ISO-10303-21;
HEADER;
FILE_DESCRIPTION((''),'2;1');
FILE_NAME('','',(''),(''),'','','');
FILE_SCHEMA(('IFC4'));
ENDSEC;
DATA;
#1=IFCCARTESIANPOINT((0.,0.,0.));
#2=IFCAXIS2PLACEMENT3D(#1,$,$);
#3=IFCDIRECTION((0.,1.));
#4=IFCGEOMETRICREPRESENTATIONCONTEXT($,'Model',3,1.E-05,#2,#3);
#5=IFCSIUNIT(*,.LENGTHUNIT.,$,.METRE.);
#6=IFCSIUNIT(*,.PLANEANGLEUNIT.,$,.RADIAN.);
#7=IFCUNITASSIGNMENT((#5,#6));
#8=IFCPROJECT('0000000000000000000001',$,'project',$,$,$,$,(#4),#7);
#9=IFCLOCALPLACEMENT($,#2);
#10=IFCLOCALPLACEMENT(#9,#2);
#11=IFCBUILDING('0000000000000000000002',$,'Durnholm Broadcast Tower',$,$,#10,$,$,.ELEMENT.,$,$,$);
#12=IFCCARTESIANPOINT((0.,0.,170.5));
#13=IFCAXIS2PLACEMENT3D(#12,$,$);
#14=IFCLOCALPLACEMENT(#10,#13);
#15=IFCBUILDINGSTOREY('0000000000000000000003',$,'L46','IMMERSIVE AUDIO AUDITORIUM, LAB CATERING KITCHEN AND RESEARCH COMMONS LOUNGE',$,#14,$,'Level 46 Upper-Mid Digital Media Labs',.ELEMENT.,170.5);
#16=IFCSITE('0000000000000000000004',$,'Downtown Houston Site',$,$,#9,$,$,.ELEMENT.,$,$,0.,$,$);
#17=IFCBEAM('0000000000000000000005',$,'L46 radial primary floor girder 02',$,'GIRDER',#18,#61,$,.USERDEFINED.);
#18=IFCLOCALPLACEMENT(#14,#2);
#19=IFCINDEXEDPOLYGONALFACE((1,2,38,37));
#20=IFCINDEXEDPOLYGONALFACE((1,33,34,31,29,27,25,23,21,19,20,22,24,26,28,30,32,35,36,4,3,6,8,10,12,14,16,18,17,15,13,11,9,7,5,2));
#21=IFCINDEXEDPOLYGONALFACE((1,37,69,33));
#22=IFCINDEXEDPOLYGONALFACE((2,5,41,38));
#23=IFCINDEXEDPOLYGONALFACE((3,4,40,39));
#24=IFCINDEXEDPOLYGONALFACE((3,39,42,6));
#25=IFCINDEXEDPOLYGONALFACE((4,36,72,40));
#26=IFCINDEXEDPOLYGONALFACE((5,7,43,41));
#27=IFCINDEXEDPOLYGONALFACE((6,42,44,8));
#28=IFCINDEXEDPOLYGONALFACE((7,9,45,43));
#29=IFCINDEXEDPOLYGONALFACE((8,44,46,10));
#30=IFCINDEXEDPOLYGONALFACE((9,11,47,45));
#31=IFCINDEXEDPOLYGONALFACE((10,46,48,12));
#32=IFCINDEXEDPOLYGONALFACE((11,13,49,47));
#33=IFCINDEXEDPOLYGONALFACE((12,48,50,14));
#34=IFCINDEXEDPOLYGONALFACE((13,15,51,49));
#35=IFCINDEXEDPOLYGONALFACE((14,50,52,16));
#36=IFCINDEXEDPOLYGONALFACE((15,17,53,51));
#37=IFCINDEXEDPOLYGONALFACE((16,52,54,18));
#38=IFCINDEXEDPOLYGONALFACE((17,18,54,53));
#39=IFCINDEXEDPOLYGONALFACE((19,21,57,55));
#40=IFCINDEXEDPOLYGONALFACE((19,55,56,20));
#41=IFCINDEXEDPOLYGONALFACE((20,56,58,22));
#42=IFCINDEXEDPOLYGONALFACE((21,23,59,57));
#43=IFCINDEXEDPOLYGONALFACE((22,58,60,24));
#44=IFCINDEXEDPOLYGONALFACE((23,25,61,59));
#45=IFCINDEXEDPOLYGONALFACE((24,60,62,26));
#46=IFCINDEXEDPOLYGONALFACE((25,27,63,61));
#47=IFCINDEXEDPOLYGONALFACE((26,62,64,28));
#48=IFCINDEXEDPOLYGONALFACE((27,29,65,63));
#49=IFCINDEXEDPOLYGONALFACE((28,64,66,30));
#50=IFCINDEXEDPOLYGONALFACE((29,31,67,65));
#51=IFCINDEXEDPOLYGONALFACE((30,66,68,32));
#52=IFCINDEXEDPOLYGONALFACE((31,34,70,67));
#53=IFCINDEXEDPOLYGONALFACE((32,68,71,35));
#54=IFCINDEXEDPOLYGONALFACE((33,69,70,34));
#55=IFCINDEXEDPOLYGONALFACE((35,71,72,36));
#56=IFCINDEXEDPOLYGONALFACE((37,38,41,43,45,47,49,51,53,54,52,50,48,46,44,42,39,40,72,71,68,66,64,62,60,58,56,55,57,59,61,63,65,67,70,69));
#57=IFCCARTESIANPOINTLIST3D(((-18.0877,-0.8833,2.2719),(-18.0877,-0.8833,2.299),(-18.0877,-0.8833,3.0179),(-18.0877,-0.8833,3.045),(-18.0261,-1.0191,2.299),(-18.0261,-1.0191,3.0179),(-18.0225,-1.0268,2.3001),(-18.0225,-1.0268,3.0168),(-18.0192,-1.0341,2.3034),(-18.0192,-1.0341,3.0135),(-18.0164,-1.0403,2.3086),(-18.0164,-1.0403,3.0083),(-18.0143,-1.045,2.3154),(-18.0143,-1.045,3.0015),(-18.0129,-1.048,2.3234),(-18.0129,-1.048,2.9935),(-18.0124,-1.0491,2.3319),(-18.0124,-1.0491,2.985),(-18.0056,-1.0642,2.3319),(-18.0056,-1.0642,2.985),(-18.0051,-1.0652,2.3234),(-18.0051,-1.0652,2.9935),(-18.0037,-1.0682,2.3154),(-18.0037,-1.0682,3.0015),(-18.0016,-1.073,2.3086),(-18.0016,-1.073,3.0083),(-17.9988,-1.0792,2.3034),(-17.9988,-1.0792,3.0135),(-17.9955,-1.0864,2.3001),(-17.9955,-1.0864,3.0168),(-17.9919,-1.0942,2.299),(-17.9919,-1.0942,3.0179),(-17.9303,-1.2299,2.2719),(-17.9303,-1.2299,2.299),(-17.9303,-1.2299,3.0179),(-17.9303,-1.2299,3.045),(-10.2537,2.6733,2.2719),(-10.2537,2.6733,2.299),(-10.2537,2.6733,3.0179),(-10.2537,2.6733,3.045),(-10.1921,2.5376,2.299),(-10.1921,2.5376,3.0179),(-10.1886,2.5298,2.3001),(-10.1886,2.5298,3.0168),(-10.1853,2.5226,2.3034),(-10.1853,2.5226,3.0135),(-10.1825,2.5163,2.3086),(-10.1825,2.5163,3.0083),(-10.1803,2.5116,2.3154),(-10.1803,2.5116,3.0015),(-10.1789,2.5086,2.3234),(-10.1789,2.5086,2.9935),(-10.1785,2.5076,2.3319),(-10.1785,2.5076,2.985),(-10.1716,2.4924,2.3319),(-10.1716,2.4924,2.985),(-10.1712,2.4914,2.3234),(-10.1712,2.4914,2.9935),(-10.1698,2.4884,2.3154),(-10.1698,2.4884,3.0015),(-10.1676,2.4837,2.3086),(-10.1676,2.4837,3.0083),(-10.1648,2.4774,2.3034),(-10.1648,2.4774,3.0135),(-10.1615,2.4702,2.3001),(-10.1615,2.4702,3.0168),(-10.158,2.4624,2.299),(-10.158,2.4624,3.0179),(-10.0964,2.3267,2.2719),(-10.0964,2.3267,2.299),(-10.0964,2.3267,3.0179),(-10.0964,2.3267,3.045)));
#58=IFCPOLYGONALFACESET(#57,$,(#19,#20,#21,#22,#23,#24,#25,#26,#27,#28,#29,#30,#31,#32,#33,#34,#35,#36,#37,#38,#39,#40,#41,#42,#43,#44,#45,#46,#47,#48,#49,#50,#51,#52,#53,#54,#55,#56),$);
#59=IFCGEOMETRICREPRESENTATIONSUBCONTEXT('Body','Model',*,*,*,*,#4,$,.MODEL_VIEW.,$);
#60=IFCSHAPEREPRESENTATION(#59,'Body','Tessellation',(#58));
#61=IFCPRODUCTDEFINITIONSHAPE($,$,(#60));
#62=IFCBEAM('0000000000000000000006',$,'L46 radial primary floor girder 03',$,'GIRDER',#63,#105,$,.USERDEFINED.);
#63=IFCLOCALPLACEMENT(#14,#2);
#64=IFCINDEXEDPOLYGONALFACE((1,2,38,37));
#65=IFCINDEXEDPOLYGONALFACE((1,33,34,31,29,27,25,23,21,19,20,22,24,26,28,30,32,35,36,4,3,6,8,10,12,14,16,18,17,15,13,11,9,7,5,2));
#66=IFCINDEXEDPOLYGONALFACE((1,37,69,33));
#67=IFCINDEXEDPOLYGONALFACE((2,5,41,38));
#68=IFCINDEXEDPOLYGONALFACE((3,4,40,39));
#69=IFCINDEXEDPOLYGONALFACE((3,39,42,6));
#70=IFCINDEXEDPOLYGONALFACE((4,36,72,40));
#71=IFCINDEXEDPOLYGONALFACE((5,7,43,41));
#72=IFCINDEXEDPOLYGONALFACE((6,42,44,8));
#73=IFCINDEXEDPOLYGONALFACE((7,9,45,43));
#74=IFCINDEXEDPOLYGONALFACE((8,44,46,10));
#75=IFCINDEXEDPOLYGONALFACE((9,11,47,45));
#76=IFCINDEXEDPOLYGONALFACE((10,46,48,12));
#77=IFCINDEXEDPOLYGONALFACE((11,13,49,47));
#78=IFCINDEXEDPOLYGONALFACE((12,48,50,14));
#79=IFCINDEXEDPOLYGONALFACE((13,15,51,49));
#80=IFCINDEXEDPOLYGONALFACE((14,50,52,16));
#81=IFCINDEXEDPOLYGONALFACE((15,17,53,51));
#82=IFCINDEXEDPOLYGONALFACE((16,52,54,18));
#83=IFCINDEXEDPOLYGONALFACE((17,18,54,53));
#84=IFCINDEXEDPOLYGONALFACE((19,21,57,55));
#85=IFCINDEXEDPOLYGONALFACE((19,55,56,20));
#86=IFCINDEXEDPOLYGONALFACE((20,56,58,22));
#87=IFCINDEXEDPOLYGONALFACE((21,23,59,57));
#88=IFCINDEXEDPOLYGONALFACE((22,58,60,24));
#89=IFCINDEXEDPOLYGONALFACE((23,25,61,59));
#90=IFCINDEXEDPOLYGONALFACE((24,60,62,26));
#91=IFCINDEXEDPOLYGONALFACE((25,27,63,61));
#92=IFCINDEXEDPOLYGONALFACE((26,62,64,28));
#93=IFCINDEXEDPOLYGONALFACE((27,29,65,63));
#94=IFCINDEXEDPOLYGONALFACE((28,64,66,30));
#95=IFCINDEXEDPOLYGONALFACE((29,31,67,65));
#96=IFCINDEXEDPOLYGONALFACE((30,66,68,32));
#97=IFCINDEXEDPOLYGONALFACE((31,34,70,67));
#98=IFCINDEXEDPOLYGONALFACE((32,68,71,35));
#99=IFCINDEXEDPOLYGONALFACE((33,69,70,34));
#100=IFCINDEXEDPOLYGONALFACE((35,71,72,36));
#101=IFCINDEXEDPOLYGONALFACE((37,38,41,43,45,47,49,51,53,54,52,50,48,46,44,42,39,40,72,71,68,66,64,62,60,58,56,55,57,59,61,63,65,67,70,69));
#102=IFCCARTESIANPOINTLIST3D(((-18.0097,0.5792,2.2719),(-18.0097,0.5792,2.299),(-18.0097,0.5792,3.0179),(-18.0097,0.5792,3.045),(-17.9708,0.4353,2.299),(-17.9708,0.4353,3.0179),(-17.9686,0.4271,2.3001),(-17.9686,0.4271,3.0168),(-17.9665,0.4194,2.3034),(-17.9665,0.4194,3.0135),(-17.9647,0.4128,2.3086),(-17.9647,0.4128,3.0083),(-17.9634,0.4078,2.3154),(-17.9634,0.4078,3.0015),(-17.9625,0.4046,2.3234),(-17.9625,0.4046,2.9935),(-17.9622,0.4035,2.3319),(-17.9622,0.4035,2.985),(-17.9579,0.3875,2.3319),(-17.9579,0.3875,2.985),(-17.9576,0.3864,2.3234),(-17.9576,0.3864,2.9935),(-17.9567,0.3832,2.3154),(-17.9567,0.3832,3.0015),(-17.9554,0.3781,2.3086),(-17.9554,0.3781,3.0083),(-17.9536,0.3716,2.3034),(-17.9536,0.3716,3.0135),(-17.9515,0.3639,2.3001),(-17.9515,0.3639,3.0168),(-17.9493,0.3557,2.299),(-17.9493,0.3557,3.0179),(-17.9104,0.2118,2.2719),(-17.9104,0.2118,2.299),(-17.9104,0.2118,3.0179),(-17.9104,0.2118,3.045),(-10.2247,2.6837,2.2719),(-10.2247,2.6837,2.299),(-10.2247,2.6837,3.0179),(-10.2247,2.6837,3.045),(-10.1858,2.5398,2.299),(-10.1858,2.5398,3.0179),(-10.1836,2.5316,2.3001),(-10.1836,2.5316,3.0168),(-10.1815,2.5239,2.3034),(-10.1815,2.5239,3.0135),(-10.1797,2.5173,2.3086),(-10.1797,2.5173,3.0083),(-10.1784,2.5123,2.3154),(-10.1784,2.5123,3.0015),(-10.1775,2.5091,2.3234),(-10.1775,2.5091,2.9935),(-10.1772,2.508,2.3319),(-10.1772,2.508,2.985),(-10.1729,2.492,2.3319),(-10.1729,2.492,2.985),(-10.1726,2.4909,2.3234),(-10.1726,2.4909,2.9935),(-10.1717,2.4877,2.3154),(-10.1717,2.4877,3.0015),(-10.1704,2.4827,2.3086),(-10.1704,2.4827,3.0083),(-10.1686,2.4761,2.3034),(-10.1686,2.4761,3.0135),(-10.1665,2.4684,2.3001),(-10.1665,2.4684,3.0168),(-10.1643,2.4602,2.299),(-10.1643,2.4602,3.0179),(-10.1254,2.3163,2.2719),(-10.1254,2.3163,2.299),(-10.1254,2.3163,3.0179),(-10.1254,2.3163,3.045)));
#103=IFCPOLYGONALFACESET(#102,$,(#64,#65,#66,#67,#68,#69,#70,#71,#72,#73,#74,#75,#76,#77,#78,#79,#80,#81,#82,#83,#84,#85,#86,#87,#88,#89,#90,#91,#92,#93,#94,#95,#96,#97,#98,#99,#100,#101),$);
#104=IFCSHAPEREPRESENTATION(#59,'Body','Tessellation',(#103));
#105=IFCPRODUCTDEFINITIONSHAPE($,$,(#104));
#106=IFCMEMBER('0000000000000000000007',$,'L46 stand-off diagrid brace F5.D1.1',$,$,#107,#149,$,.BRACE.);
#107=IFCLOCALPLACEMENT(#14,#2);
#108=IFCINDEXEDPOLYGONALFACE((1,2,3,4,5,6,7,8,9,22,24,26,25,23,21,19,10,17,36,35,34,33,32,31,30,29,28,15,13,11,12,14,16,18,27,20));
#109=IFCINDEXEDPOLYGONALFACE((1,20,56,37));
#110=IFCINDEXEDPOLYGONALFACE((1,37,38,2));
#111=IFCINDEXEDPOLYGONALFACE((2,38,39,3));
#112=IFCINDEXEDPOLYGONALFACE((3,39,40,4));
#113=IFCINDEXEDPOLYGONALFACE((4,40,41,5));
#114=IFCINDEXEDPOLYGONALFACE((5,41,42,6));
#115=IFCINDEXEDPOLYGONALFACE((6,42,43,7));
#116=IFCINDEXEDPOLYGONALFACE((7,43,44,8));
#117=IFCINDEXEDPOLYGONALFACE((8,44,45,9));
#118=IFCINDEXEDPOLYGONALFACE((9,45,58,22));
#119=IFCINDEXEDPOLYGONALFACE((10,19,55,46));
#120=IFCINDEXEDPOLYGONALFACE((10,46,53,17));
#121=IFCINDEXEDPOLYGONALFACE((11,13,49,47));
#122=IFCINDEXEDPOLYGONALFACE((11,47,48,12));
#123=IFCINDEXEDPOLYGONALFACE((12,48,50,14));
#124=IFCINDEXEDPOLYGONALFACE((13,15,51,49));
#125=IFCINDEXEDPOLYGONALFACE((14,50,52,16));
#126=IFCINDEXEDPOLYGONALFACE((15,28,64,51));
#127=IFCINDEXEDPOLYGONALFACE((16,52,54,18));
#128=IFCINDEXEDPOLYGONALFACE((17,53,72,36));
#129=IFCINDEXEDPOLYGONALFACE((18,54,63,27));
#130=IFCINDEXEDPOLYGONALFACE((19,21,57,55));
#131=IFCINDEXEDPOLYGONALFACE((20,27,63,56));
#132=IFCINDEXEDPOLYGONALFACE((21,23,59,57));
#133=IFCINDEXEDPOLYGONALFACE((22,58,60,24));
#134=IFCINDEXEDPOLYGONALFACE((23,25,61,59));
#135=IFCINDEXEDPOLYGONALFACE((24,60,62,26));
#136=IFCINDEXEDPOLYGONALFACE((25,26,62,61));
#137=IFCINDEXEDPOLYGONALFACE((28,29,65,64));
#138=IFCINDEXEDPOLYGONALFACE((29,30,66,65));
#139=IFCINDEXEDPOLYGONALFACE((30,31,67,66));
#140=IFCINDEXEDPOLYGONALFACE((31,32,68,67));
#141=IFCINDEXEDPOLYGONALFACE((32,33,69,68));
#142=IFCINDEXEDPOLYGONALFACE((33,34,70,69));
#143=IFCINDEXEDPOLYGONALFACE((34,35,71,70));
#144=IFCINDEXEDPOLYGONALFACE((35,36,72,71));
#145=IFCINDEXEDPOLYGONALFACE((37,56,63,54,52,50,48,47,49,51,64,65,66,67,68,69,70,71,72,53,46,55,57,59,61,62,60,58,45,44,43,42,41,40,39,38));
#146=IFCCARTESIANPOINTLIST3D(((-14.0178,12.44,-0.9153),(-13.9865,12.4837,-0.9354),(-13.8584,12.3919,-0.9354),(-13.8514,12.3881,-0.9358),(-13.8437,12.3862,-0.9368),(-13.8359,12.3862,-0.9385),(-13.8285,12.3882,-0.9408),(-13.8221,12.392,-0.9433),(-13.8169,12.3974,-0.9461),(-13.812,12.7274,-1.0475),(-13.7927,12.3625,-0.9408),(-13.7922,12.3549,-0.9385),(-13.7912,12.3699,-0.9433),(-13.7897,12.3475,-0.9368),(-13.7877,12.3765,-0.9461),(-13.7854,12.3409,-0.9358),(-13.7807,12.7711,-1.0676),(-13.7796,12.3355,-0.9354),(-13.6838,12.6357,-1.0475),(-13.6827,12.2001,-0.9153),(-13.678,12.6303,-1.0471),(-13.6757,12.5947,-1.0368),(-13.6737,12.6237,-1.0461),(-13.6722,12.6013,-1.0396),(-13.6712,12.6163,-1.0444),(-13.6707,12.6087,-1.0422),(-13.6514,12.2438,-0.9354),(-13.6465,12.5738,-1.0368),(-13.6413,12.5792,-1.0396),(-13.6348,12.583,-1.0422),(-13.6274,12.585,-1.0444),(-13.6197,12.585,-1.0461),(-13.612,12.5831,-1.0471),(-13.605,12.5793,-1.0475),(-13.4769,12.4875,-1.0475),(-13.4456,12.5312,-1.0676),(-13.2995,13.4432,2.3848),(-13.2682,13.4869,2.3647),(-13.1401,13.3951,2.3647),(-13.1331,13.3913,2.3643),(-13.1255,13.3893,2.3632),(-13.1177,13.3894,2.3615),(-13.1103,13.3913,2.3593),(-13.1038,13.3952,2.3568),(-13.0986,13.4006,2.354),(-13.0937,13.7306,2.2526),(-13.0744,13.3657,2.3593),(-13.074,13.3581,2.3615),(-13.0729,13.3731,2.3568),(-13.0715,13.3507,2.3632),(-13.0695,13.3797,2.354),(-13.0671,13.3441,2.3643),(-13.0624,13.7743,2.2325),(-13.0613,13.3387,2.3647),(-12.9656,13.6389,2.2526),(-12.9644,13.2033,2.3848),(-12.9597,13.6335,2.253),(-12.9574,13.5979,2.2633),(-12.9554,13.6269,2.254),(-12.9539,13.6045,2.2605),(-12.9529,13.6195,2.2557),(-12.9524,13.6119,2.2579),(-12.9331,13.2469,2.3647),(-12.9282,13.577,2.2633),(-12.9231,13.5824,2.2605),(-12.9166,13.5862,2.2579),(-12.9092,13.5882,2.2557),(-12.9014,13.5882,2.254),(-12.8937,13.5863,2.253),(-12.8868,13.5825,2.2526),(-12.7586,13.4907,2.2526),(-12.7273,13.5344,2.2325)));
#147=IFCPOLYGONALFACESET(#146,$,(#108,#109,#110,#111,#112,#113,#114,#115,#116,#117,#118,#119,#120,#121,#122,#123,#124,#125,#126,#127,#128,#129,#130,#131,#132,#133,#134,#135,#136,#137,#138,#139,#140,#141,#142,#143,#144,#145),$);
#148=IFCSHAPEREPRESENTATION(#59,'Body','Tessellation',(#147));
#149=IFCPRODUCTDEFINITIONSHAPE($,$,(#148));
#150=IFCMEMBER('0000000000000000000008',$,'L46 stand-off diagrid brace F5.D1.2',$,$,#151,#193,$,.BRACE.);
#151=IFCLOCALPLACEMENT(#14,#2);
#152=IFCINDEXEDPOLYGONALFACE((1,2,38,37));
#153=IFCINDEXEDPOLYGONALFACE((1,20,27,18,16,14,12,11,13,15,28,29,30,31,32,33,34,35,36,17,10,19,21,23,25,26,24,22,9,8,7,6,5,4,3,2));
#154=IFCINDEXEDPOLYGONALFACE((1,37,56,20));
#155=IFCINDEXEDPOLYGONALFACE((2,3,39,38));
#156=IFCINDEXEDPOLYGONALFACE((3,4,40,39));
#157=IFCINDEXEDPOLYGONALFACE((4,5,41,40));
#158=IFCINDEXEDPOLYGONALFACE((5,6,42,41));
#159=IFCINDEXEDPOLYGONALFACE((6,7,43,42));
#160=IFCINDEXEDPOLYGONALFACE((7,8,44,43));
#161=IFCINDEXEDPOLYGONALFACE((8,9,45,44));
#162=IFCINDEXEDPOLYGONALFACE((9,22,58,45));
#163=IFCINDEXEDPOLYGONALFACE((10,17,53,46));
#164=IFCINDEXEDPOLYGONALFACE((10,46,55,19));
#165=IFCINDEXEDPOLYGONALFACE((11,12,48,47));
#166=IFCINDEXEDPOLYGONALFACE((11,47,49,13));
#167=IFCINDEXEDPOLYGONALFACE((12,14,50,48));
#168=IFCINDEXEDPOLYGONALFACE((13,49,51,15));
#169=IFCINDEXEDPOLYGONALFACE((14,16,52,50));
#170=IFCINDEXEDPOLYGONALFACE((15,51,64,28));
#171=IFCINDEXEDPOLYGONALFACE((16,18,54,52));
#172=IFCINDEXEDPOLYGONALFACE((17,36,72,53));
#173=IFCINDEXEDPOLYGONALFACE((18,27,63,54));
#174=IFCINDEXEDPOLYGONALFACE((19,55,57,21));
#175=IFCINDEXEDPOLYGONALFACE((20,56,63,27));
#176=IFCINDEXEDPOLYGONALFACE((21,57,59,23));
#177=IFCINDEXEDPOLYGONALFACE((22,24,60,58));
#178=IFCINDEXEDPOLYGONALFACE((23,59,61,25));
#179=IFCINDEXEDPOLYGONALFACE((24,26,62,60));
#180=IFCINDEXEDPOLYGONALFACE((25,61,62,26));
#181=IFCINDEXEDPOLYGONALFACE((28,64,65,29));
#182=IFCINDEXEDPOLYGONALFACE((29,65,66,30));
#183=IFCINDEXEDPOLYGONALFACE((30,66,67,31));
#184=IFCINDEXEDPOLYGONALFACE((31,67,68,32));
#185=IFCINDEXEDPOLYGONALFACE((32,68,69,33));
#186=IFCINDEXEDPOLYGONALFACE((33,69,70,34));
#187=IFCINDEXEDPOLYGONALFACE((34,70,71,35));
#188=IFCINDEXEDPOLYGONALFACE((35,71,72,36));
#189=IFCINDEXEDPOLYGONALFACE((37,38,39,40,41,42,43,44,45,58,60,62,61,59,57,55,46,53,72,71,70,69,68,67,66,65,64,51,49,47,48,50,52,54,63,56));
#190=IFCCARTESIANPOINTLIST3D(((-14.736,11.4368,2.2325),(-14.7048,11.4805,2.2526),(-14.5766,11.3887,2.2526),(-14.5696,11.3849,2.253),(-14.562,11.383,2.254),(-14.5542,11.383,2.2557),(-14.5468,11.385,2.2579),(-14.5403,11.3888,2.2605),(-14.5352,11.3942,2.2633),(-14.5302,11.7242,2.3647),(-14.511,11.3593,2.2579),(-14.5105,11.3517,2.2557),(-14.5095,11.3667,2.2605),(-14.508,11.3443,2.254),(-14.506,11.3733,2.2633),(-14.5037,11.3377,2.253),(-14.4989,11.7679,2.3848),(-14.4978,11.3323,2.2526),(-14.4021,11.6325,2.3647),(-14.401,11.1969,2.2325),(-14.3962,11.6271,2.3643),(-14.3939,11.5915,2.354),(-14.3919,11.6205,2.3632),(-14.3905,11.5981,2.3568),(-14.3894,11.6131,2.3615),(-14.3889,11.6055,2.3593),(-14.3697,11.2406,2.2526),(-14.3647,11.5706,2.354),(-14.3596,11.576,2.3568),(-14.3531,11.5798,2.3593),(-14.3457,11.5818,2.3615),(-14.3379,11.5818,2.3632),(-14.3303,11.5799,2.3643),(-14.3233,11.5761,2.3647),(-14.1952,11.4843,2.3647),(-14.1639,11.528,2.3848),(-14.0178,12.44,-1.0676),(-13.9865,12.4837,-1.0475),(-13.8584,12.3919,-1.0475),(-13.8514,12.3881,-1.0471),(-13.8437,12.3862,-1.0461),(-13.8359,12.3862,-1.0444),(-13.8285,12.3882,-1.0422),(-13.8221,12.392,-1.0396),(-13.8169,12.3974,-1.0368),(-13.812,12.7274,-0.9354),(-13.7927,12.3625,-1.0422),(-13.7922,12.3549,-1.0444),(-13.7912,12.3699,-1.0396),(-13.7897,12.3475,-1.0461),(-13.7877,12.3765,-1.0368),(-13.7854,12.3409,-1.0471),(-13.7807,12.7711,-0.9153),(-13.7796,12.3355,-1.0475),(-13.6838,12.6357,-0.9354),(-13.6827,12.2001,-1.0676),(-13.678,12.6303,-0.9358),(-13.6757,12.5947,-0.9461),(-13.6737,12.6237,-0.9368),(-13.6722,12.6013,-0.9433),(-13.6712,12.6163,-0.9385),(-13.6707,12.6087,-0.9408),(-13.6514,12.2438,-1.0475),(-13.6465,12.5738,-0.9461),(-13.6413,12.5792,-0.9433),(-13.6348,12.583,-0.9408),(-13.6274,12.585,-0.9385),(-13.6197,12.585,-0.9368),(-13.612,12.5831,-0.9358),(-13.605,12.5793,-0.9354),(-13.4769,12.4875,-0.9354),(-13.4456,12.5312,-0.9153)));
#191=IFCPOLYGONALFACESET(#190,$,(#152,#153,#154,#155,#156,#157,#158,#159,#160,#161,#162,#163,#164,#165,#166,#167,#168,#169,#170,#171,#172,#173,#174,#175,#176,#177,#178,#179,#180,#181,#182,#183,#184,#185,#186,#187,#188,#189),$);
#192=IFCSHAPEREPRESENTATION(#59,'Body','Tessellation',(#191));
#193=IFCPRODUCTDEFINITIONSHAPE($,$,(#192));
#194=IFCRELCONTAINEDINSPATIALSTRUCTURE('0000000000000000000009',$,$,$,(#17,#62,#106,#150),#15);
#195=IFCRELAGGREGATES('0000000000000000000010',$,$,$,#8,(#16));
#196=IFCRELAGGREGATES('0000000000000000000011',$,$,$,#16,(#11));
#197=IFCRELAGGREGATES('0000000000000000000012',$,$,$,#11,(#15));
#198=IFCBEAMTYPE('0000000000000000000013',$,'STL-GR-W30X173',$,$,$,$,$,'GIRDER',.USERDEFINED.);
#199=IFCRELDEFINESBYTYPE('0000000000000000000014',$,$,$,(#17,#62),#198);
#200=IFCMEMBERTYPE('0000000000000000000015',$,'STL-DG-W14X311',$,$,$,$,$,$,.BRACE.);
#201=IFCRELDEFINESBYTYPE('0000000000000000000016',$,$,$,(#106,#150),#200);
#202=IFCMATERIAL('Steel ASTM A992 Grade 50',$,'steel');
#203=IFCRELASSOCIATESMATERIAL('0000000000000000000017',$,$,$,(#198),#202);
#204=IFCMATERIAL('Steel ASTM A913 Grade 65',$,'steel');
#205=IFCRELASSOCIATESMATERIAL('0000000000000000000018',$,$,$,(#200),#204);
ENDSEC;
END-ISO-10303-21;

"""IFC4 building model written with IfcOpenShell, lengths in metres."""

from ifc_helpers import new_model, si_unit, direction, frame, origin, origin_2d, place, context, subcontext, project, spatial, i_section, extrude, source, transform, mapped, material, material_profile, profile_set, type_object, type_shapes, element, save


model = new_model("IFC4")

# Units and contexts
model_context = context("Model", 3, precision=1e-05, world=origin(), true_north=direction((0.0, 1.0)))
body_context = subcontext(model_context, "Body", "Model", "MODEL_VIEW")
ifc_project = project(units=[si_unit("LENGTHUNIT", "METRE"), si_unit("PLANEANGLEUNIT", "RADIAN")], contexts=[model_context])

# Site, building, storey
site_placement = place(None, origin())
site = spatial("IfcSite", under=ifc_project, at=site_placement, Name="Downtown Houston Site", CompositionType="ELEMENT", RefElevation=0.0)
building_placement = place(site_placement, origin())
building = spatial("IfcBuilding", under=site, at=building_placement, Name="Durnholm Broadcast Tower", CompositionType="ELEMENT")
storey_placement = place(building_placement, frame((0.0, 0.0, 170.5)))
storey = spatial("IfcBuildingStorey", under=building, at=storey_placement, Name="L46", Description="IMMERSIVE AUDIO AUDITORIUM, LAB CATERING KITCHEN AND RESEARCH COMMONS LOUNGE", LongName="Level 46 Upper-Mid Digital Media Labs", CompositionType="ELEMENT", Elevation=170.5)

# Beams
ifc_material_1 = material(Name="Steel ASTM A992 Grade 50", Category="steel")
ifc_material_profile_1 = material_profile(ifc_material_1, i_section(OverallWidth=0.3806, OverallDepth=0.7732, WebThickness=0.0166, FlangeThickness=0.0271, FilletRadius=0.033, at=origin_2d()), Name="W30X173")
ifc_profile_set_1 = profile_set([ifc_material_profile_1], Name="Steel ASTM A992 Grade 50")
beam_type_1 = type_object("IfcBeamType", Name="STL-GR-W30X173", ElementType="GIRDER", PredefinedType="USERDEFINED", material=ifc_profile_set_1)
shared_shape_1 = source(origin(), body_context, "Body", "SweptSolid", [
    extrude(i_section(OverallWidth=0.3806, OverallDepth=0.7732, WebThickness=0.0166, FlangeThickness=0.0271, FilletRadius=0.033, at=origin_2d()), origin(), (0.0, 0.0, 1.0), 8.6035),
])
beam_1_placement = place(storey_placement, frame((-10.175, 2.5, 2.6584), z_axis=(-0.910553, -0.413392, 0.0), x_axis=(0.413392, -0.910553, 0.0)))
element("IfcBeam", 1, at=beam_1_placement, inside=storey, type_object=beam_type_1, Name="L46 radial primary floor girder 02", ObjectType="GIRDER", PredefinedType="USERDEFINED", context=body_context, shape_type="MappedRepresentation", body=[
    mapped(shared_shape_1, transform((0.0, 0.0, 0.0), x_axis=(1.0, 0.0, 0.0), y_axis=(0.0, 1.0, 0.0), z_axis=(0.0, 0.0, 1.0), scale=1.0)),
])
shared_shape_2 = source(origin(), body_context, "Body", "SweptSolid", [
    extrude(i_section(OverallWidth=0.3806, OverallDepth=0.7732, WebThickness=0.0166, FlangeThickness=0.0271, FilletRadius=0.033, at=origin_2d()), origin(), (0.0, 0.0, 1.0), 8.0645),
])
type_shapes(beam_type_1, [shared_shape_1, shared_shape_2])
beam_2_placement = place(storey_placement, frame((-10.175, 2.5, 2.6584), z_axis=(-0.965349, -0.260962, 0.0), x_axis=(0.260962, -0.965349, 0.0)))
element("IfcBeam", 2, at=beam_2_placement, inside=storey, type_object=beam_type_1, Name="L46 radial primary floor girder 03", ObjectType="GIRDER", PredefinedType="USERDEFINED", context=body_context, shape_type="MappedRepresentation", body=[
    mapped(shared_shape_2, transform((0.0, 0.0, 0.0), x_axis=(1.0, 0.0, 0.0), y_axis=(0.0, 1.0, 0.0), z_axis=(0.0, 0.0, 1.0), scale=1.0)),
])

# Members
ifc_material_2 = material(Name="Steel ASTM A913 Grade 65", Category="steel")
ifc_material_profile_2 = material_profile(ifc_material_2, i_section(OverallWidth=0.4121, OverallDepth=0.4348, WebThickness=0.0359, FlangeThickness=0.0574, FilletRadius=0.0305, at=origin_2d()), Name="W14X311")
ifc_profile_set_2 = profile_set([ifc_material_profile_2], Name="Steel ASTM A913 Grade 65")
member_type_1 = type_object("IfcMemberType", Name="STL-DG-W14X311", PredefinedType="BRACE", material=ifc_profile_set_2)
shared_shape_3 = source(origin(), body_context, "Body", "SweptSolid", [
    extrude(i_section(OverallWidth=0.4121, OverallDepth=0.4348, WebThickness=0.0359, FlangeThickness=0.0574, FilletRadius=0.0305, at=origin_2d()), origin(), (0.0, 0.0, 1.0), 3.5232),
])
type_shapes(member_type_1, [shared_shape_3])
for number, where, z_axis, x_axis, name in (
    (3, (-13.7317, 12.4856, -0.9915), (0.203869, 0.284738, 0.936676), (-0.813078, 0.582155, 0.0), "L46 stand-off diagrid brace F5.D1.1"),
    (4, (-13.7317, 12.4856, -0.9915), (-0.203869, -0.284738, 0.936676), (0.813078, -0.582155, 0.0), "L46 stand-off diagrid brace F5.D1.2"),
):
    element("IfcMember", number, at=place(storey_placement, frame(where, z_axis=z_axis, x_axis=x_axis)), inside=storey, type_object=member_type_1, Name=name, PredefinedType="BRACE", context=body_context, shape_type="MappedRepresentation", body=[
        mapped(shared_shape_3, transform((0.0, 0.0, 0.0), x_axis=(1.0, 0.0, 0.0), y_axis=(0.0, 1.0, 0.0), z_axis=(0.0, 0.0, 1.0), scale=1.0)),
    ])

save(model, "model.ifc")
